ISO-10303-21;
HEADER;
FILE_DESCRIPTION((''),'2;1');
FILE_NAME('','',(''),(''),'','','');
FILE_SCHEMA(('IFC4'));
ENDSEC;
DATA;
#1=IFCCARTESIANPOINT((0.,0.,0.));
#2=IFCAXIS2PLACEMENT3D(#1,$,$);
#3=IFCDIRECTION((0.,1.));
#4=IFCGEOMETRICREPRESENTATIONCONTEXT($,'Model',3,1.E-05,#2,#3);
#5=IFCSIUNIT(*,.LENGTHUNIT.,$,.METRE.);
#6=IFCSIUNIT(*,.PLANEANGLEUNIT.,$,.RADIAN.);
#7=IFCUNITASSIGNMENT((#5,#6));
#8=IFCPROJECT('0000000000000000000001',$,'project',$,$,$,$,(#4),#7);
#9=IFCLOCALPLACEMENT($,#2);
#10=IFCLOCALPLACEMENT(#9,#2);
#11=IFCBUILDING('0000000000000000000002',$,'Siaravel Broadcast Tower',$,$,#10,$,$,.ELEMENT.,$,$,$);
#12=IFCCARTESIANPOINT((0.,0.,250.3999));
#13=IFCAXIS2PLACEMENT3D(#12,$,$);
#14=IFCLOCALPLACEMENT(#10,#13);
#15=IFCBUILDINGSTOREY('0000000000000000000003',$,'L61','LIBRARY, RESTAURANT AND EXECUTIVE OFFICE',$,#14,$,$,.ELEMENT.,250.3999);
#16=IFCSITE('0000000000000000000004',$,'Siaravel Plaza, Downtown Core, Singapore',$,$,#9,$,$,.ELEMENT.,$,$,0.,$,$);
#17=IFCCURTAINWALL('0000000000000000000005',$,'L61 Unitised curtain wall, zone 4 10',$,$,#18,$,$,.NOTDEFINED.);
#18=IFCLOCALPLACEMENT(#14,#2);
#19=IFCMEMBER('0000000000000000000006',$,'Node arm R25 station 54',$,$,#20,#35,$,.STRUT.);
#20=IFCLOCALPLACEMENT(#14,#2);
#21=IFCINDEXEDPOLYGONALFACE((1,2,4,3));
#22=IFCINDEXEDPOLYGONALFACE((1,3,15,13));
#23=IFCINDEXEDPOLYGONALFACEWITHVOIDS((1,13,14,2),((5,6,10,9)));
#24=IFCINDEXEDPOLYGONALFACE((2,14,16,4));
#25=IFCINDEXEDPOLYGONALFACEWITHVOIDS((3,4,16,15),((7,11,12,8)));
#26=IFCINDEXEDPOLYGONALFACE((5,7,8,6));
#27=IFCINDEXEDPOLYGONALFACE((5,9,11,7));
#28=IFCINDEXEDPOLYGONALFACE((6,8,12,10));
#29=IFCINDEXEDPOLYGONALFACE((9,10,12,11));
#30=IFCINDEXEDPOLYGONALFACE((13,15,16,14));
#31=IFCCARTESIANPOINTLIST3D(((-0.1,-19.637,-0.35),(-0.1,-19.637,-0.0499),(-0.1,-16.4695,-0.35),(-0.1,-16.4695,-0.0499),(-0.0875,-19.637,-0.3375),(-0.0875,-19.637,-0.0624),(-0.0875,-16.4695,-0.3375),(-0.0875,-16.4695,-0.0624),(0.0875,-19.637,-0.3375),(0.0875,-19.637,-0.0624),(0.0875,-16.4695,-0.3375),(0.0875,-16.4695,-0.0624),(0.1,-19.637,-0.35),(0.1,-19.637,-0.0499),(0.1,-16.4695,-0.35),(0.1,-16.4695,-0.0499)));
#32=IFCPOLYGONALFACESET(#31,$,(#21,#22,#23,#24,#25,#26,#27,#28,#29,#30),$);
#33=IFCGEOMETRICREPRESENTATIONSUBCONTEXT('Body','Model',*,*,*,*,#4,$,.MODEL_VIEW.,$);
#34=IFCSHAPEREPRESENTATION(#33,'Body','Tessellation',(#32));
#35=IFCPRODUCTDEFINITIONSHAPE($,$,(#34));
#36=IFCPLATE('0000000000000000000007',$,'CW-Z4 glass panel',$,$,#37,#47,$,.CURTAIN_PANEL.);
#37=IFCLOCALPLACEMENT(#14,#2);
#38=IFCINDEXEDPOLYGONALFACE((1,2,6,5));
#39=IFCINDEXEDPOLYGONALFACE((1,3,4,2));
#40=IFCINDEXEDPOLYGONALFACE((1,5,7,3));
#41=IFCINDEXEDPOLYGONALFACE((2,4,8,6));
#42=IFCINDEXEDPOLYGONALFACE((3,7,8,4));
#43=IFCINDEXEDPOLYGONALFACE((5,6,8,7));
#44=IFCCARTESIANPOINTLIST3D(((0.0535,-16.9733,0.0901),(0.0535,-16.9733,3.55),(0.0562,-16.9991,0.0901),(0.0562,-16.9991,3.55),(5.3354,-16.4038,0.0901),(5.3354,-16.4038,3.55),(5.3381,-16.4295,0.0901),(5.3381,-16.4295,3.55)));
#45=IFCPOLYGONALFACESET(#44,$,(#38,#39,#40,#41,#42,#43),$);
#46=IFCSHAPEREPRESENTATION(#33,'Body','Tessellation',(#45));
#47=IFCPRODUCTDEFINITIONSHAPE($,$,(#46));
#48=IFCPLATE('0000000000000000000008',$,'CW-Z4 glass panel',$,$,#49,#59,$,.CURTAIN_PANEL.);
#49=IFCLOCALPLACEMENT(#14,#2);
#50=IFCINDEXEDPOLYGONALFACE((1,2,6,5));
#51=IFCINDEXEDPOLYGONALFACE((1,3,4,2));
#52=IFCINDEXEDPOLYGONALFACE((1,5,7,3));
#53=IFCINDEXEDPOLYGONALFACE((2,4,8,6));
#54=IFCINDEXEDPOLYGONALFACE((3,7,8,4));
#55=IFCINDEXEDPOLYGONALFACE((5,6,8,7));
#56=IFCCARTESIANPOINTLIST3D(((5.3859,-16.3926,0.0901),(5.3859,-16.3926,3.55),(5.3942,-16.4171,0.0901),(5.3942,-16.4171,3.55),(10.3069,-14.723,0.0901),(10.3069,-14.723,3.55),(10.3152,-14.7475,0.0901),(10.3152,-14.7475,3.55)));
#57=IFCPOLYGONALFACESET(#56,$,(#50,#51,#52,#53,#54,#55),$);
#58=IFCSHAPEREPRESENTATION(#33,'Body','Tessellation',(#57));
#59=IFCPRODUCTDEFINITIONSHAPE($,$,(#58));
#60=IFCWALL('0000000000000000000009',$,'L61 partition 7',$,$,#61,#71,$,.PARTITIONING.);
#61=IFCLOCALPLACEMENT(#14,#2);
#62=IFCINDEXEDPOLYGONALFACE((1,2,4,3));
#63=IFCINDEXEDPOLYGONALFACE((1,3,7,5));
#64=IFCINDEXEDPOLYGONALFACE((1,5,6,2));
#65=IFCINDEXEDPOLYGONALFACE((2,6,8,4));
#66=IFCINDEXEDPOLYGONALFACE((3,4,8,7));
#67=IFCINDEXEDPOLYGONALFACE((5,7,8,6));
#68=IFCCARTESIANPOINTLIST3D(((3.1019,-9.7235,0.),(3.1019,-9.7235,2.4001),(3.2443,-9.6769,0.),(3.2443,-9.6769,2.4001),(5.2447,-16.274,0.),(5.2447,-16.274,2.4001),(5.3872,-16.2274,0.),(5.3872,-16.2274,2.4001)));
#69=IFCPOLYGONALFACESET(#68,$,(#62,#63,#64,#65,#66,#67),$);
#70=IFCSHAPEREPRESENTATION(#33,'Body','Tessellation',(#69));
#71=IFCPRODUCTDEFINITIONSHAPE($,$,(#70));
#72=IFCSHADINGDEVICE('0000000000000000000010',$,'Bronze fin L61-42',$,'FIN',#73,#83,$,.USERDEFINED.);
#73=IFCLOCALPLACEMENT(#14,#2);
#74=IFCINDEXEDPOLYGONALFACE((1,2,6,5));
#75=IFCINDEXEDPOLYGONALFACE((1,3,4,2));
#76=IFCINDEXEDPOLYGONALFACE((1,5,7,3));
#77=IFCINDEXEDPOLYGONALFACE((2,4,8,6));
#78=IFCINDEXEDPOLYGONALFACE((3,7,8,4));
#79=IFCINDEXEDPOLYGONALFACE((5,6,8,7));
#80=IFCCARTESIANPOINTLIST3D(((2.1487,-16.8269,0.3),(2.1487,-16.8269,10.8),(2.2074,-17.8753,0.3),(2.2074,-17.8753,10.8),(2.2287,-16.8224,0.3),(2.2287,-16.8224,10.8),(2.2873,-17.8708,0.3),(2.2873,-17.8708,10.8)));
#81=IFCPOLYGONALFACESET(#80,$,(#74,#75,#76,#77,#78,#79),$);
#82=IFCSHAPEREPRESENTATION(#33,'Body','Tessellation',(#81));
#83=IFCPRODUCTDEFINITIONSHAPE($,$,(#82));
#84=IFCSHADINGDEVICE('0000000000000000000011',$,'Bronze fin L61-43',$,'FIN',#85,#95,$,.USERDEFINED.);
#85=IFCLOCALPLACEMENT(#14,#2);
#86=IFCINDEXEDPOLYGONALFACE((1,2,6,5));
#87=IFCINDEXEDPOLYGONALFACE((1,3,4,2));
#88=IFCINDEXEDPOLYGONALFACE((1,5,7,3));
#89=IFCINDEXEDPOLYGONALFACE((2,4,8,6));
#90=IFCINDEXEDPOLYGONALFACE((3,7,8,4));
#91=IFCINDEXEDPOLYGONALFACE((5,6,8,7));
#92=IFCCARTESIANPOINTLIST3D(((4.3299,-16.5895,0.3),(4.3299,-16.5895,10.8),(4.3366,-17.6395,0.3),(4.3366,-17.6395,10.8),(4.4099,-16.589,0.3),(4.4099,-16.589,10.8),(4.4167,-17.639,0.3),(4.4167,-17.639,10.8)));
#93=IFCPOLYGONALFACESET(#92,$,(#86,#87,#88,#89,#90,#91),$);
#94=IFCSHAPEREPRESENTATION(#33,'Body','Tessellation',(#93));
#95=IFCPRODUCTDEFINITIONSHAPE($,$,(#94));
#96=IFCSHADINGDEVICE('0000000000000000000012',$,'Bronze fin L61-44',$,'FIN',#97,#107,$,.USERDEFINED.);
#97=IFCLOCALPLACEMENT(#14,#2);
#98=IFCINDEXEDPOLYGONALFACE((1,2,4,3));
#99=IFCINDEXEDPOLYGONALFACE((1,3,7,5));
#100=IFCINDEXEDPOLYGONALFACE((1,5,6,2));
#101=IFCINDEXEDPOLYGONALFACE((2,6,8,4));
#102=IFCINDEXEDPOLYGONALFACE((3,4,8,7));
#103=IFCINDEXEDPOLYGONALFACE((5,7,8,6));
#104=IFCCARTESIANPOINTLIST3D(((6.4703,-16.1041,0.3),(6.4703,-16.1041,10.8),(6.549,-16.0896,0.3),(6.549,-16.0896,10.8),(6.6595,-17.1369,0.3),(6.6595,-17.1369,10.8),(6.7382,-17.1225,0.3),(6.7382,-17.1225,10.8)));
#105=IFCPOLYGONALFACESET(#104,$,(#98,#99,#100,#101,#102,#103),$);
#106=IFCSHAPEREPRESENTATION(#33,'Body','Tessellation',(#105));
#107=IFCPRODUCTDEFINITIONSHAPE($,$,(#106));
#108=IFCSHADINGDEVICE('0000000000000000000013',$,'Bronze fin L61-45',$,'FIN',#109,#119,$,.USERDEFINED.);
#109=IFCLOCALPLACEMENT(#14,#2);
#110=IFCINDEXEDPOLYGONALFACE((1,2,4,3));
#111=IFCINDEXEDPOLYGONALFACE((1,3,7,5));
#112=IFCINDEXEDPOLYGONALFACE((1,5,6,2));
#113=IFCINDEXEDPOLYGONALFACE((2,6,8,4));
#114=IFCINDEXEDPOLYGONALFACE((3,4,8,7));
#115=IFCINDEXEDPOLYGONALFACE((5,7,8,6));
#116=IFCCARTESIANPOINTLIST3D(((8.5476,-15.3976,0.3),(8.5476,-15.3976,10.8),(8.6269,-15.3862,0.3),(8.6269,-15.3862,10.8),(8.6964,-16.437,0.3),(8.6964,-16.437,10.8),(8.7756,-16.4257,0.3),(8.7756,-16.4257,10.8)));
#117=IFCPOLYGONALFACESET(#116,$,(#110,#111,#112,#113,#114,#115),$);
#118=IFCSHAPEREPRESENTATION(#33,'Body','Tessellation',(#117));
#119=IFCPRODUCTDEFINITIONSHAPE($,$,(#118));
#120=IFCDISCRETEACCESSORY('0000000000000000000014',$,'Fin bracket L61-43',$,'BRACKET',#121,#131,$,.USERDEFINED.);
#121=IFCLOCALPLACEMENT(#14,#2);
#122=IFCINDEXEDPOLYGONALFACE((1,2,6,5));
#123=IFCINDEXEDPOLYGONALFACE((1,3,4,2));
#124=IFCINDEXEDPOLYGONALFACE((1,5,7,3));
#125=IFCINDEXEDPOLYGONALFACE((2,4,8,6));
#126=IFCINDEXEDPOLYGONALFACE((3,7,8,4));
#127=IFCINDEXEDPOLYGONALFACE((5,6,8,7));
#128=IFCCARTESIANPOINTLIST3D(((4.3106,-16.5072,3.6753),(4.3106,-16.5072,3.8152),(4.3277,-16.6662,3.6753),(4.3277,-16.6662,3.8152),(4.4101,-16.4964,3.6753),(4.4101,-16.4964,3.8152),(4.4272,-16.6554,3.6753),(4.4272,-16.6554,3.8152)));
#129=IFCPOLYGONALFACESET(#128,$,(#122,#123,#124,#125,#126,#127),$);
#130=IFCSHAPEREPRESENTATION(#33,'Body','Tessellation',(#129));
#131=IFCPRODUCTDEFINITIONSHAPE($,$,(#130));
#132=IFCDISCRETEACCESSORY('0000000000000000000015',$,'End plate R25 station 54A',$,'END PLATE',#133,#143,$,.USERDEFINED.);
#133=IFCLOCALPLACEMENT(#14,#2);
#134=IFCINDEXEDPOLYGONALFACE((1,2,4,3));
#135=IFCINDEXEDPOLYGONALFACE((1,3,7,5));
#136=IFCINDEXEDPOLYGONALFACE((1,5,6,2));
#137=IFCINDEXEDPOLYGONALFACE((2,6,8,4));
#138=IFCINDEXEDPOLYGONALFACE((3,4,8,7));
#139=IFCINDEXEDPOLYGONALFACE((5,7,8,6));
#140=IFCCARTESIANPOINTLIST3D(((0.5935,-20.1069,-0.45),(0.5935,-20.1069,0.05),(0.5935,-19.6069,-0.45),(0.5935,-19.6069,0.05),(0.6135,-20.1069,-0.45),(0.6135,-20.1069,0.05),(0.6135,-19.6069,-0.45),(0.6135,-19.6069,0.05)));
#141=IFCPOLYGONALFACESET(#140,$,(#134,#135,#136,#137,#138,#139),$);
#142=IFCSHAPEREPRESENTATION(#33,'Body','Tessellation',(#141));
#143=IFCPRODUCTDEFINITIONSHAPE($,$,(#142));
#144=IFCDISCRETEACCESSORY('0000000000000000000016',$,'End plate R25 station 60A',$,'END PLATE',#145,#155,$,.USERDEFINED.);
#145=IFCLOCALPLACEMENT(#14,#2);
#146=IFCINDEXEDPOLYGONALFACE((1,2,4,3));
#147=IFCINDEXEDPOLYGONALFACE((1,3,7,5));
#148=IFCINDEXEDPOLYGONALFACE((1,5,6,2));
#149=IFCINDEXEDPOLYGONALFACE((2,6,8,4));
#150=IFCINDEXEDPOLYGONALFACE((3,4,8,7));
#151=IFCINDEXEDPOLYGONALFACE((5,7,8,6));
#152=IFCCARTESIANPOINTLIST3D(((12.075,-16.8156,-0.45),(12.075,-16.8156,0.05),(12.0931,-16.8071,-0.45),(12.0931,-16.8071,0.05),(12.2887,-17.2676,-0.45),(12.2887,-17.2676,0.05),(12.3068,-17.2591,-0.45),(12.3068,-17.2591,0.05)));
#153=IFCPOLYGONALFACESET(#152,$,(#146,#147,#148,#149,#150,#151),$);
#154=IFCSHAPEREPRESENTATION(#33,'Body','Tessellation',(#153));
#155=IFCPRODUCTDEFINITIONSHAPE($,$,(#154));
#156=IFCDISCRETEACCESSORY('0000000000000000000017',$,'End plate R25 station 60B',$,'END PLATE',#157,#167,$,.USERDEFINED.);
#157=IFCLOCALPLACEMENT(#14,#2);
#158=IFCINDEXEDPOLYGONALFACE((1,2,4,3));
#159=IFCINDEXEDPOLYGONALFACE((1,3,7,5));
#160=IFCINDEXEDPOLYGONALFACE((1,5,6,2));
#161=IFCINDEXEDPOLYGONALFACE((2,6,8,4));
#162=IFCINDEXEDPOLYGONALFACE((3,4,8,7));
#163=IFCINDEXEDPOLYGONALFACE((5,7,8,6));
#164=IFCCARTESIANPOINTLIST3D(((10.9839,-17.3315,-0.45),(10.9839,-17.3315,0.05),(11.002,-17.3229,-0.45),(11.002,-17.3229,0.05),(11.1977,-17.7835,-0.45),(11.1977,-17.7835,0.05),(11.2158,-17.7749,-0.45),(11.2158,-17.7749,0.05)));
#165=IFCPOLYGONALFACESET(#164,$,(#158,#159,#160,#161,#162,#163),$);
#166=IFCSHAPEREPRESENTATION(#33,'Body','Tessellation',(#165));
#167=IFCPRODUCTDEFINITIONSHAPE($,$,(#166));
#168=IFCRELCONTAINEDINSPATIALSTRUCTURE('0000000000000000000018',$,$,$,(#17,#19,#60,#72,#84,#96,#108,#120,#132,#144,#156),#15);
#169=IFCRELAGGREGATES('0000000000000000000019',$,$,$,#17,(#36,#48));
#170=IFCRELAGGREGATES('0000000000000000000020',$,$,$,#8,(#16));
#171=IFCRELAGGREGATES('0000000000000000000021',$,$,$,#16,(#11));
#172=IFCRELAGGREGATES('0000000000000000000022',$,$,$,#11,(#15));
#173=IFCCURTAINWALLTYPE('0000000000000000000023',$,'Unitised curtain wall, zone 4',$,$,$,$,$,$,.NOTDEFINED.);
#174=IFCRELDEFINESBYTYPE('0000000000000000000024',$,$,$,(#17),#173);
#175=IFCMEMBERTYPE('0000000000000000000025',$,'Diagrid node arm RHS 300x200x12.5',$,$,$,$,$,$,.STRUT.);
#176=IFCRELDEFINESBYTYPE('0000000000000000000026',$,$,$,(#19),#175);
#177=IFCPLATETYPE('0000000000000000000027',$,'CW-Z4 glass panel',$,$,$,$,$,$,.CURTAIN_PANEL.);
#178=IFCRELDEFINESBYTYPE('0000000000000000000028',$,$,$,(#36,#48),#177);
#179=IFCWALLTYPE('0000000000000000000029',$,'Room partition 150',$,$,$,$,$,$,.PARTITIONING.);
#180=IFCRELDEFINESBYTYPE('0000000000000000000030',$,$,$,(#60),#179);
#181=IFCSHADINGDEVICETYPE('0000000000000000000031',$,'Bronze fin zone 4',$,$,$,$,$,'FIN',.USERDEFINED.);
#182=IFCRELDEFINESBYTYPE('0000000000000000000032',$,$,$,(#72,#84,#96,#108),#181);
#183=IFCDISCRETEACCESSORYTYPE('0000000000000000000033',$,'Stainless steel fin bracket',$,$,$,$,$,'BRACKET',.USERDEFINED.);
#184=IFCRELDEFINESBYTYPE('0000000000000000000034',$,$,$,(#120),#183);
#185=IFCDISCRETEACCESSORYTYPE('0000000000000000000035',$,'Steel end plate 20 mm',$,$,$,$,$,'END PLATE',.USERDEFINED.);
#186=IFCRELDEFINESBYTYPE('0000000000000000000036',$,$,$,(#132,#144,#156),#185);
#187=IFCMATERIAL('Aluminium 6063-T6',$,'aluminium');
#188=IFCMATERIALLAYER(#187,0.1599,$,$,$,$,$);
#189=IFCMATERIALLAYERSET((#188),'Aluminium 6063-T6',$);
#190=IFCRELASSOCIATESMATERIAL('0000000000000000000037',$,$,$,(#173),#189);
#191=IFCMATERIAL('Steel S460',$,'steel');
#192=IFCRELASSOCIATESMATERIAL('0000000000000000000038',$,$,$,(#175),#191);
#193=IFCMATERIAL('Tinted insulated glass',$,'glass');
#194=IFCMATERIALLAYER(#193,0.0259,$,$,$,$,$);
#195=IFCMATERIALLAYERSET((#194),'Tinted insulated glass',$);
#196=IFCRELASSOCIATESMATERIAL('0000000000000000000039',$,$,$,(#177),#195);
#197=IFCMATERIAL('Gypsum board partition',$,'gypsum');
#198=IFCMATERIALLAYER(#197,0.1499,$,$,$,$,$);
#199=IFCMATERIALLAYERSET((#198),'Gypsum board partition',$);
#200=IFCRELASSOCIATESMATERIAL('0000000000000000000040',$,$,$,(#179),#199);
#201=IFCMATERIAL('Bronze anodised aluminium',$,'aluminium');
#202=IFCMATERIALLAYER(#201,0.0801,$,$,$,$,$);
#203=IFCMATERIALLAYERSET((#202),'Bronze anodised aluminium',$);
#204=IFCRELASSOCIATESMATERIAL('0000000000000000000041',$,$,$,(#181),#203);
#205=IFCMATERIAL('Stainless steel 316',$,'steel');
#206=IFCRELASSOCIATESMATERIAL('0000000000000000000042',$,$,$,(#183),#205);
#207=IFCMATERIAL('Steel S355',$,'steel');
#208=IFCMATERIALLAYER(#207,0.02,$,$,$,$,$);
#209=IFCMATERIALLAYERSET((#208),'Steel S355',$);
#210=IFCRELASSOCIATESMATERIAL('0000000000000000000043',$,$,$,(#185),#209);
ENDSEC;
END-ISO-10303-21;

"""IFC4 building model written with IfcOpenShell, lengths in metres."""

from ifc_helpers import new_model, si_unit, direction, frame, frame_2d, origin, origin_2d, place, context, subcontext, project, spatial, rectangle, hollow_rectangle, extrude, material, layer, layer_set, material_profile, profile_set, type_object, element, aggregate, save


model = new_model("IFC4")

# Units and contexts
model_context = context("Model", 3, precision=1e-05, world=origin(), true_north=direction((0.0, 1.0)))
body_context = subcontext(model_context, "Body", "Model", "MODEL_VIEW")
ifc_project = project(units=[si_unit("LENGTHUNIT", "METRE"), si_unit("PLANEANGLEUNIT", "RADIAN")], contexts=[model_context])

# Site, building, storey
site_placement = place(None, origin())
site = spatial("IfcSite", under=ifc_project, at=site_placement, Name="Siaravel Plaza, Downtown Core, Singapore", CompositionType="ELEMENT", RefElevation=0.0)
building_placement = place(site_placement, origin())
building = spatial("IfcBuilding", under=site, at=building_placement, Name="Siaravel Broadcast Tower", CompositionType="ELEMENT")
storey_placement = place(building_placement, frame((0.0, 0.0, 250.3999)))
storey = spatial("IfcBuildingStorey", under=building, at=storey_placement, Name="L61", Description="LIBRARY, RESTAURANT AND EXECUTIVE OFFICE", CompositionType="ELEMENT", Elevation=250.3999)

# Shared definitions
ifc_material_1 = material(Name="Steel S355", Category="steel")

# Curtain wall
ifc_material_2 = material(Name="Aluminium 6063-T6", Category="aluminium")
ifc_layer_1 = layer(ifc_material_2, 0.1599)
ifc_layer_set_1 = layer_set([ifc_layer_1], Name="Aluminium 6063-T6")
curtain_wall_type = type_object("IfcCurtainWallType", Name="Unitised curtain wall, zone 4", PredefinedType="NOTDEFINED", material=ifc_layer_set_1)
curtain_wall_placement = place(storey_placement, origin())
curtain_wall = element("IfcCurtainWall", 1, at=curtain_wall_placement, inside=storey, type_object=curtain_wall_type, Name="L61 Unitised curtain wall, zone 4 10", PredefinedType="NOTDEFINED")

# Member
ifc_material_3 = material(Name="Steel S460", Category="steel")
ifc_material_profile_1 = material_profile(ifc_material_3, hollow_rectangle(XDim=0.2, YDim=0.3, WallThickness=0.0125, at=origin_2d()))
ifc_profile_set_1 = profile_set([ifc_material_profile_1], Name="Steel S460")
member_type_1 = type_object("IfcMemberType", Name="Diagrid node arm RHS 300x200x12.5", PredefinedType="STRUT", material=ifc_profile_set_1)
member_1_placement = place(storey_placement, frame((0.0, -16.4695, -0.2), z_axis=(0.0, -1.0, 0.0), x_axis=(1.0, 0.0, 0.0)))
element("IfcMember", 2, at=member_1_placement, inside=storey, type_object=member_type_1, Name="Node arm R25 station 54", PredefinedType="STRUT", context=body_context, shape_type="SweptSolid", body=[
    extrude(hollow_rectangle(XDim=0.2, YDim=0.3, WallThickness=0.0125, at=origin_2d()), origin(), (0.0, 0.0, 1.0), 3.1675),
])

# Plates
ifc_material_4 = material(Name="Tinted insulated glass", Category="glass")
ifc_layer_2 = layer(ifc_material_4, 0.0259)
ifc_layer_set_2 = layer_set([ifc_layer_2], Name="Tinted insulated glass")
plate_type = type_object("IfcPlateType", Name="CW-Z4 glass panel", PredefinedType="CURTAIN_PANEL", material=ifc_layer_set_2)
plate_1_placement = place(storey_placement, frame((2.6958, -16.7014, 0.0901), z_axis=(0.0, 0.0, 1.0), x_axis=(0.994236, 0.107218, 0.0)))
plate_1 = element("IfcPlate", 3, at=plate_1_placement, type_object=plate_type, Name="CW-Z4 glass panel", PredefinedType="CURTAIN_PANEL", context=body_context, shape_type="SweptSolid", body=[
    extrude(rectangle(XDim=5.3125, YDim=0.0259, at=origin_2d()), origin(), (0.0, 0.0, 1.0), 3.46),
])
plate_2_placement = place(storey_placement, frame((7.8506, -15.5701, 0.0901), z_axis=(0.0, 0.0, 1.0), x_axis=(0.946977, 0.321302, 0.0)))
plate_2 = element("IfcPlate", 4, at=plate_2_placement, type_object=plate_type, Name="CW-Z4 glass panel", PredefinedType="CURTAIN_PANEL", context=body_context, shape_type="SweptSolid", body=[
    extrude(rectangle(XDim=5.1965, YDim=0.0259, at=origin_2d()), origin(), (0.0, 0.0, 1.0), 3.46),
])
aggregate(curtain_wall, [plate_1, plate_2])

# Wall
ifc_material_5 = material(Name="Gypsum board partition", Category="gypsum")
ifc_layer_3 = layer(ifc_material_5, 0.1499)
ifc_layer_set_3 = layer_set([ifc_layer_3], Name="Gypsum board partition")
wall_type = type_object("IfcWallType", Name="Room partition 150", PredefinedType="PARTITIONING", material=ifc_layer_set_3)
wall_placement = place(storey_placement, frame((5.3159, -16.2507, 0.0), z_axis=(0.0, 0.0, 1.0), x_axis=(-0.310909, 0.95044, 0.0)))
element("IfcWall", 5, at=wall_placement, inside=storey, type_object=wall_type, Name="L61 partition 7", PredefinedType="PARTITIONING", context=body_context, shape_type="SweptSolid", body=[
    extrude(rectangle(XDim=6.8921, YDim=0.1499, at=frame_2d((3.446, 0.0))), origin(), (0.0, 0.0, 1.0), 2.4001),
])

# Shading devices
ifc_material_6 = material(Name="Bronze anodised aluminium", Category="aluminium")
ifc_layer_4 = layer(ifc_material_6, 0.0801)
ifc_layer_set_4 = layer_set([ifc_layer_4], Name="Bronze anodised aluminium")
shading_device_type = type_object("IfcShadingDeviceType", Name="Bronze fin zone 4", ElementType="FIN", PredefinedType="USERDEFINED", material=ifc_layer_set_4)
for number, where, z_axis, x_axis, name in (
    (6, (2.218, -17.3489, 0.3), (0.0, 0.0, 1.0), (0.055874, -0.998438, 0.0), "Bronze fin L61-42"),
    (7, (4.3733, -17.1143, 0.3), (0.0, 0.0, 1.0), (0.006451, -0.999979, 0.0), "Bronze fin L61-43"),
    (8, (6.6042, -16.6133, 0.3), (0.0, 0.0, 1.0), (0.180166, -0.983636, 0.0), "Bronze fin L61-44"),
    (9, (8.6616, -15.9116, 0.3), (0.0, 0.0, 1.0), (0.141682, -0.989912, 0.0), "Bronze fin L61-45"),
):
    element("IfcShadingDevice", number, at=place(storey_placement, frame(where, z_axis=z_axis, x_axis=x_axis)), inside=storey, type_object=shading_device_type, Name=name, ObjectType="FIN", PredefinedType="USERDEFINED", context=body_context, shape_type="SweptSolid", body=[
        extrude(rectangle(XDim=1.05, YDim=0.0801, at=origin_2d()), origin(), (0.0, 0.0, 1.0), 10.5),
    ])

# Discrete accessories
ifc_material_7 = material(Name="Stainless steel 316", Category="steel")
discrete_accessory_type_1 = type_object("IfcDiscreteAccessoryType", Name="Stainless steel fin bracket", ElementType="BRACKET", PredefinedType="USERDEFINED", material=ifc_material_7)
discrete_accessory_placement = place(storey_placement, frame((4.3689, -16.5813, 3.6753), z_axis=(0.0, 0.0, 1.0), x_axis=(0.107219, -0.994235, 0.0)))
element("IfcDiscreteAccessory", 10, at=discrete_accessory_placement, inside=storey, type_object=discrete_accessory_type_1, Name="Fin bracket L61-43", ObjectType="BRACKET", PredefinedType="USERDEFINED", context=body_context, shape_type="SweptSolid", body=[
    extrude(rectangle(XDim=0.1599, YDim=0.1001, at=origin_2d()), origin(), (0.0, 0.0, 1.0), 0.1399),
])
ifc_layer_5 = layer(ifc_material_1, 0.02)
ifc_layer_set_5 = layer_set([ifc_layer_5], Name="Steel S355")
discrete_accessory_type_2 = type_object("IfcDiscreteAccessoryType", Name="Steel end plate 20 mm", ElementType="END PLATE", PredefinedType="USERDEFINED", material=ifc_layer_set_5)
for number, where, z_axis, x_axis, name in (
    (11, (0.6035, -19.8569, -0.45), (0.0, 0.0, 1.0), (1.0, 0.0, 0.0), "End plate R25 station 54A"),
    (12, (12.1909, -17.0374, -0.45), (0.0, 0.0, 1.0), (0.904006, 0.427519, 0.0), "End plate R25 station 60A"),
    (13, (11.0999, -17.5532, -0.45), (0.0, 0.0, 1.0), (0.904006, 0.427519, 0.0), "End plate R25 station 60B"),
):
    element("IfcDiscreteAccessory", number, at=place(storey_placement, frame(where, z_axis=z_axis, x_axis=x_axis)), inside=storey, type_object=discrete_accessory_type_2, Name=name, ObjectType="END PLATE", PredefinedType="USERDEFINED", context=body_context, shape_type="SweptSolid", body=[
        extrude(rectangle(XDim=0.02, YDim=0.5, at=origin_2d()), origin(), (0.0, 0.0, 1.0), 0.5),
    ])

save(model, "model.ifc")
